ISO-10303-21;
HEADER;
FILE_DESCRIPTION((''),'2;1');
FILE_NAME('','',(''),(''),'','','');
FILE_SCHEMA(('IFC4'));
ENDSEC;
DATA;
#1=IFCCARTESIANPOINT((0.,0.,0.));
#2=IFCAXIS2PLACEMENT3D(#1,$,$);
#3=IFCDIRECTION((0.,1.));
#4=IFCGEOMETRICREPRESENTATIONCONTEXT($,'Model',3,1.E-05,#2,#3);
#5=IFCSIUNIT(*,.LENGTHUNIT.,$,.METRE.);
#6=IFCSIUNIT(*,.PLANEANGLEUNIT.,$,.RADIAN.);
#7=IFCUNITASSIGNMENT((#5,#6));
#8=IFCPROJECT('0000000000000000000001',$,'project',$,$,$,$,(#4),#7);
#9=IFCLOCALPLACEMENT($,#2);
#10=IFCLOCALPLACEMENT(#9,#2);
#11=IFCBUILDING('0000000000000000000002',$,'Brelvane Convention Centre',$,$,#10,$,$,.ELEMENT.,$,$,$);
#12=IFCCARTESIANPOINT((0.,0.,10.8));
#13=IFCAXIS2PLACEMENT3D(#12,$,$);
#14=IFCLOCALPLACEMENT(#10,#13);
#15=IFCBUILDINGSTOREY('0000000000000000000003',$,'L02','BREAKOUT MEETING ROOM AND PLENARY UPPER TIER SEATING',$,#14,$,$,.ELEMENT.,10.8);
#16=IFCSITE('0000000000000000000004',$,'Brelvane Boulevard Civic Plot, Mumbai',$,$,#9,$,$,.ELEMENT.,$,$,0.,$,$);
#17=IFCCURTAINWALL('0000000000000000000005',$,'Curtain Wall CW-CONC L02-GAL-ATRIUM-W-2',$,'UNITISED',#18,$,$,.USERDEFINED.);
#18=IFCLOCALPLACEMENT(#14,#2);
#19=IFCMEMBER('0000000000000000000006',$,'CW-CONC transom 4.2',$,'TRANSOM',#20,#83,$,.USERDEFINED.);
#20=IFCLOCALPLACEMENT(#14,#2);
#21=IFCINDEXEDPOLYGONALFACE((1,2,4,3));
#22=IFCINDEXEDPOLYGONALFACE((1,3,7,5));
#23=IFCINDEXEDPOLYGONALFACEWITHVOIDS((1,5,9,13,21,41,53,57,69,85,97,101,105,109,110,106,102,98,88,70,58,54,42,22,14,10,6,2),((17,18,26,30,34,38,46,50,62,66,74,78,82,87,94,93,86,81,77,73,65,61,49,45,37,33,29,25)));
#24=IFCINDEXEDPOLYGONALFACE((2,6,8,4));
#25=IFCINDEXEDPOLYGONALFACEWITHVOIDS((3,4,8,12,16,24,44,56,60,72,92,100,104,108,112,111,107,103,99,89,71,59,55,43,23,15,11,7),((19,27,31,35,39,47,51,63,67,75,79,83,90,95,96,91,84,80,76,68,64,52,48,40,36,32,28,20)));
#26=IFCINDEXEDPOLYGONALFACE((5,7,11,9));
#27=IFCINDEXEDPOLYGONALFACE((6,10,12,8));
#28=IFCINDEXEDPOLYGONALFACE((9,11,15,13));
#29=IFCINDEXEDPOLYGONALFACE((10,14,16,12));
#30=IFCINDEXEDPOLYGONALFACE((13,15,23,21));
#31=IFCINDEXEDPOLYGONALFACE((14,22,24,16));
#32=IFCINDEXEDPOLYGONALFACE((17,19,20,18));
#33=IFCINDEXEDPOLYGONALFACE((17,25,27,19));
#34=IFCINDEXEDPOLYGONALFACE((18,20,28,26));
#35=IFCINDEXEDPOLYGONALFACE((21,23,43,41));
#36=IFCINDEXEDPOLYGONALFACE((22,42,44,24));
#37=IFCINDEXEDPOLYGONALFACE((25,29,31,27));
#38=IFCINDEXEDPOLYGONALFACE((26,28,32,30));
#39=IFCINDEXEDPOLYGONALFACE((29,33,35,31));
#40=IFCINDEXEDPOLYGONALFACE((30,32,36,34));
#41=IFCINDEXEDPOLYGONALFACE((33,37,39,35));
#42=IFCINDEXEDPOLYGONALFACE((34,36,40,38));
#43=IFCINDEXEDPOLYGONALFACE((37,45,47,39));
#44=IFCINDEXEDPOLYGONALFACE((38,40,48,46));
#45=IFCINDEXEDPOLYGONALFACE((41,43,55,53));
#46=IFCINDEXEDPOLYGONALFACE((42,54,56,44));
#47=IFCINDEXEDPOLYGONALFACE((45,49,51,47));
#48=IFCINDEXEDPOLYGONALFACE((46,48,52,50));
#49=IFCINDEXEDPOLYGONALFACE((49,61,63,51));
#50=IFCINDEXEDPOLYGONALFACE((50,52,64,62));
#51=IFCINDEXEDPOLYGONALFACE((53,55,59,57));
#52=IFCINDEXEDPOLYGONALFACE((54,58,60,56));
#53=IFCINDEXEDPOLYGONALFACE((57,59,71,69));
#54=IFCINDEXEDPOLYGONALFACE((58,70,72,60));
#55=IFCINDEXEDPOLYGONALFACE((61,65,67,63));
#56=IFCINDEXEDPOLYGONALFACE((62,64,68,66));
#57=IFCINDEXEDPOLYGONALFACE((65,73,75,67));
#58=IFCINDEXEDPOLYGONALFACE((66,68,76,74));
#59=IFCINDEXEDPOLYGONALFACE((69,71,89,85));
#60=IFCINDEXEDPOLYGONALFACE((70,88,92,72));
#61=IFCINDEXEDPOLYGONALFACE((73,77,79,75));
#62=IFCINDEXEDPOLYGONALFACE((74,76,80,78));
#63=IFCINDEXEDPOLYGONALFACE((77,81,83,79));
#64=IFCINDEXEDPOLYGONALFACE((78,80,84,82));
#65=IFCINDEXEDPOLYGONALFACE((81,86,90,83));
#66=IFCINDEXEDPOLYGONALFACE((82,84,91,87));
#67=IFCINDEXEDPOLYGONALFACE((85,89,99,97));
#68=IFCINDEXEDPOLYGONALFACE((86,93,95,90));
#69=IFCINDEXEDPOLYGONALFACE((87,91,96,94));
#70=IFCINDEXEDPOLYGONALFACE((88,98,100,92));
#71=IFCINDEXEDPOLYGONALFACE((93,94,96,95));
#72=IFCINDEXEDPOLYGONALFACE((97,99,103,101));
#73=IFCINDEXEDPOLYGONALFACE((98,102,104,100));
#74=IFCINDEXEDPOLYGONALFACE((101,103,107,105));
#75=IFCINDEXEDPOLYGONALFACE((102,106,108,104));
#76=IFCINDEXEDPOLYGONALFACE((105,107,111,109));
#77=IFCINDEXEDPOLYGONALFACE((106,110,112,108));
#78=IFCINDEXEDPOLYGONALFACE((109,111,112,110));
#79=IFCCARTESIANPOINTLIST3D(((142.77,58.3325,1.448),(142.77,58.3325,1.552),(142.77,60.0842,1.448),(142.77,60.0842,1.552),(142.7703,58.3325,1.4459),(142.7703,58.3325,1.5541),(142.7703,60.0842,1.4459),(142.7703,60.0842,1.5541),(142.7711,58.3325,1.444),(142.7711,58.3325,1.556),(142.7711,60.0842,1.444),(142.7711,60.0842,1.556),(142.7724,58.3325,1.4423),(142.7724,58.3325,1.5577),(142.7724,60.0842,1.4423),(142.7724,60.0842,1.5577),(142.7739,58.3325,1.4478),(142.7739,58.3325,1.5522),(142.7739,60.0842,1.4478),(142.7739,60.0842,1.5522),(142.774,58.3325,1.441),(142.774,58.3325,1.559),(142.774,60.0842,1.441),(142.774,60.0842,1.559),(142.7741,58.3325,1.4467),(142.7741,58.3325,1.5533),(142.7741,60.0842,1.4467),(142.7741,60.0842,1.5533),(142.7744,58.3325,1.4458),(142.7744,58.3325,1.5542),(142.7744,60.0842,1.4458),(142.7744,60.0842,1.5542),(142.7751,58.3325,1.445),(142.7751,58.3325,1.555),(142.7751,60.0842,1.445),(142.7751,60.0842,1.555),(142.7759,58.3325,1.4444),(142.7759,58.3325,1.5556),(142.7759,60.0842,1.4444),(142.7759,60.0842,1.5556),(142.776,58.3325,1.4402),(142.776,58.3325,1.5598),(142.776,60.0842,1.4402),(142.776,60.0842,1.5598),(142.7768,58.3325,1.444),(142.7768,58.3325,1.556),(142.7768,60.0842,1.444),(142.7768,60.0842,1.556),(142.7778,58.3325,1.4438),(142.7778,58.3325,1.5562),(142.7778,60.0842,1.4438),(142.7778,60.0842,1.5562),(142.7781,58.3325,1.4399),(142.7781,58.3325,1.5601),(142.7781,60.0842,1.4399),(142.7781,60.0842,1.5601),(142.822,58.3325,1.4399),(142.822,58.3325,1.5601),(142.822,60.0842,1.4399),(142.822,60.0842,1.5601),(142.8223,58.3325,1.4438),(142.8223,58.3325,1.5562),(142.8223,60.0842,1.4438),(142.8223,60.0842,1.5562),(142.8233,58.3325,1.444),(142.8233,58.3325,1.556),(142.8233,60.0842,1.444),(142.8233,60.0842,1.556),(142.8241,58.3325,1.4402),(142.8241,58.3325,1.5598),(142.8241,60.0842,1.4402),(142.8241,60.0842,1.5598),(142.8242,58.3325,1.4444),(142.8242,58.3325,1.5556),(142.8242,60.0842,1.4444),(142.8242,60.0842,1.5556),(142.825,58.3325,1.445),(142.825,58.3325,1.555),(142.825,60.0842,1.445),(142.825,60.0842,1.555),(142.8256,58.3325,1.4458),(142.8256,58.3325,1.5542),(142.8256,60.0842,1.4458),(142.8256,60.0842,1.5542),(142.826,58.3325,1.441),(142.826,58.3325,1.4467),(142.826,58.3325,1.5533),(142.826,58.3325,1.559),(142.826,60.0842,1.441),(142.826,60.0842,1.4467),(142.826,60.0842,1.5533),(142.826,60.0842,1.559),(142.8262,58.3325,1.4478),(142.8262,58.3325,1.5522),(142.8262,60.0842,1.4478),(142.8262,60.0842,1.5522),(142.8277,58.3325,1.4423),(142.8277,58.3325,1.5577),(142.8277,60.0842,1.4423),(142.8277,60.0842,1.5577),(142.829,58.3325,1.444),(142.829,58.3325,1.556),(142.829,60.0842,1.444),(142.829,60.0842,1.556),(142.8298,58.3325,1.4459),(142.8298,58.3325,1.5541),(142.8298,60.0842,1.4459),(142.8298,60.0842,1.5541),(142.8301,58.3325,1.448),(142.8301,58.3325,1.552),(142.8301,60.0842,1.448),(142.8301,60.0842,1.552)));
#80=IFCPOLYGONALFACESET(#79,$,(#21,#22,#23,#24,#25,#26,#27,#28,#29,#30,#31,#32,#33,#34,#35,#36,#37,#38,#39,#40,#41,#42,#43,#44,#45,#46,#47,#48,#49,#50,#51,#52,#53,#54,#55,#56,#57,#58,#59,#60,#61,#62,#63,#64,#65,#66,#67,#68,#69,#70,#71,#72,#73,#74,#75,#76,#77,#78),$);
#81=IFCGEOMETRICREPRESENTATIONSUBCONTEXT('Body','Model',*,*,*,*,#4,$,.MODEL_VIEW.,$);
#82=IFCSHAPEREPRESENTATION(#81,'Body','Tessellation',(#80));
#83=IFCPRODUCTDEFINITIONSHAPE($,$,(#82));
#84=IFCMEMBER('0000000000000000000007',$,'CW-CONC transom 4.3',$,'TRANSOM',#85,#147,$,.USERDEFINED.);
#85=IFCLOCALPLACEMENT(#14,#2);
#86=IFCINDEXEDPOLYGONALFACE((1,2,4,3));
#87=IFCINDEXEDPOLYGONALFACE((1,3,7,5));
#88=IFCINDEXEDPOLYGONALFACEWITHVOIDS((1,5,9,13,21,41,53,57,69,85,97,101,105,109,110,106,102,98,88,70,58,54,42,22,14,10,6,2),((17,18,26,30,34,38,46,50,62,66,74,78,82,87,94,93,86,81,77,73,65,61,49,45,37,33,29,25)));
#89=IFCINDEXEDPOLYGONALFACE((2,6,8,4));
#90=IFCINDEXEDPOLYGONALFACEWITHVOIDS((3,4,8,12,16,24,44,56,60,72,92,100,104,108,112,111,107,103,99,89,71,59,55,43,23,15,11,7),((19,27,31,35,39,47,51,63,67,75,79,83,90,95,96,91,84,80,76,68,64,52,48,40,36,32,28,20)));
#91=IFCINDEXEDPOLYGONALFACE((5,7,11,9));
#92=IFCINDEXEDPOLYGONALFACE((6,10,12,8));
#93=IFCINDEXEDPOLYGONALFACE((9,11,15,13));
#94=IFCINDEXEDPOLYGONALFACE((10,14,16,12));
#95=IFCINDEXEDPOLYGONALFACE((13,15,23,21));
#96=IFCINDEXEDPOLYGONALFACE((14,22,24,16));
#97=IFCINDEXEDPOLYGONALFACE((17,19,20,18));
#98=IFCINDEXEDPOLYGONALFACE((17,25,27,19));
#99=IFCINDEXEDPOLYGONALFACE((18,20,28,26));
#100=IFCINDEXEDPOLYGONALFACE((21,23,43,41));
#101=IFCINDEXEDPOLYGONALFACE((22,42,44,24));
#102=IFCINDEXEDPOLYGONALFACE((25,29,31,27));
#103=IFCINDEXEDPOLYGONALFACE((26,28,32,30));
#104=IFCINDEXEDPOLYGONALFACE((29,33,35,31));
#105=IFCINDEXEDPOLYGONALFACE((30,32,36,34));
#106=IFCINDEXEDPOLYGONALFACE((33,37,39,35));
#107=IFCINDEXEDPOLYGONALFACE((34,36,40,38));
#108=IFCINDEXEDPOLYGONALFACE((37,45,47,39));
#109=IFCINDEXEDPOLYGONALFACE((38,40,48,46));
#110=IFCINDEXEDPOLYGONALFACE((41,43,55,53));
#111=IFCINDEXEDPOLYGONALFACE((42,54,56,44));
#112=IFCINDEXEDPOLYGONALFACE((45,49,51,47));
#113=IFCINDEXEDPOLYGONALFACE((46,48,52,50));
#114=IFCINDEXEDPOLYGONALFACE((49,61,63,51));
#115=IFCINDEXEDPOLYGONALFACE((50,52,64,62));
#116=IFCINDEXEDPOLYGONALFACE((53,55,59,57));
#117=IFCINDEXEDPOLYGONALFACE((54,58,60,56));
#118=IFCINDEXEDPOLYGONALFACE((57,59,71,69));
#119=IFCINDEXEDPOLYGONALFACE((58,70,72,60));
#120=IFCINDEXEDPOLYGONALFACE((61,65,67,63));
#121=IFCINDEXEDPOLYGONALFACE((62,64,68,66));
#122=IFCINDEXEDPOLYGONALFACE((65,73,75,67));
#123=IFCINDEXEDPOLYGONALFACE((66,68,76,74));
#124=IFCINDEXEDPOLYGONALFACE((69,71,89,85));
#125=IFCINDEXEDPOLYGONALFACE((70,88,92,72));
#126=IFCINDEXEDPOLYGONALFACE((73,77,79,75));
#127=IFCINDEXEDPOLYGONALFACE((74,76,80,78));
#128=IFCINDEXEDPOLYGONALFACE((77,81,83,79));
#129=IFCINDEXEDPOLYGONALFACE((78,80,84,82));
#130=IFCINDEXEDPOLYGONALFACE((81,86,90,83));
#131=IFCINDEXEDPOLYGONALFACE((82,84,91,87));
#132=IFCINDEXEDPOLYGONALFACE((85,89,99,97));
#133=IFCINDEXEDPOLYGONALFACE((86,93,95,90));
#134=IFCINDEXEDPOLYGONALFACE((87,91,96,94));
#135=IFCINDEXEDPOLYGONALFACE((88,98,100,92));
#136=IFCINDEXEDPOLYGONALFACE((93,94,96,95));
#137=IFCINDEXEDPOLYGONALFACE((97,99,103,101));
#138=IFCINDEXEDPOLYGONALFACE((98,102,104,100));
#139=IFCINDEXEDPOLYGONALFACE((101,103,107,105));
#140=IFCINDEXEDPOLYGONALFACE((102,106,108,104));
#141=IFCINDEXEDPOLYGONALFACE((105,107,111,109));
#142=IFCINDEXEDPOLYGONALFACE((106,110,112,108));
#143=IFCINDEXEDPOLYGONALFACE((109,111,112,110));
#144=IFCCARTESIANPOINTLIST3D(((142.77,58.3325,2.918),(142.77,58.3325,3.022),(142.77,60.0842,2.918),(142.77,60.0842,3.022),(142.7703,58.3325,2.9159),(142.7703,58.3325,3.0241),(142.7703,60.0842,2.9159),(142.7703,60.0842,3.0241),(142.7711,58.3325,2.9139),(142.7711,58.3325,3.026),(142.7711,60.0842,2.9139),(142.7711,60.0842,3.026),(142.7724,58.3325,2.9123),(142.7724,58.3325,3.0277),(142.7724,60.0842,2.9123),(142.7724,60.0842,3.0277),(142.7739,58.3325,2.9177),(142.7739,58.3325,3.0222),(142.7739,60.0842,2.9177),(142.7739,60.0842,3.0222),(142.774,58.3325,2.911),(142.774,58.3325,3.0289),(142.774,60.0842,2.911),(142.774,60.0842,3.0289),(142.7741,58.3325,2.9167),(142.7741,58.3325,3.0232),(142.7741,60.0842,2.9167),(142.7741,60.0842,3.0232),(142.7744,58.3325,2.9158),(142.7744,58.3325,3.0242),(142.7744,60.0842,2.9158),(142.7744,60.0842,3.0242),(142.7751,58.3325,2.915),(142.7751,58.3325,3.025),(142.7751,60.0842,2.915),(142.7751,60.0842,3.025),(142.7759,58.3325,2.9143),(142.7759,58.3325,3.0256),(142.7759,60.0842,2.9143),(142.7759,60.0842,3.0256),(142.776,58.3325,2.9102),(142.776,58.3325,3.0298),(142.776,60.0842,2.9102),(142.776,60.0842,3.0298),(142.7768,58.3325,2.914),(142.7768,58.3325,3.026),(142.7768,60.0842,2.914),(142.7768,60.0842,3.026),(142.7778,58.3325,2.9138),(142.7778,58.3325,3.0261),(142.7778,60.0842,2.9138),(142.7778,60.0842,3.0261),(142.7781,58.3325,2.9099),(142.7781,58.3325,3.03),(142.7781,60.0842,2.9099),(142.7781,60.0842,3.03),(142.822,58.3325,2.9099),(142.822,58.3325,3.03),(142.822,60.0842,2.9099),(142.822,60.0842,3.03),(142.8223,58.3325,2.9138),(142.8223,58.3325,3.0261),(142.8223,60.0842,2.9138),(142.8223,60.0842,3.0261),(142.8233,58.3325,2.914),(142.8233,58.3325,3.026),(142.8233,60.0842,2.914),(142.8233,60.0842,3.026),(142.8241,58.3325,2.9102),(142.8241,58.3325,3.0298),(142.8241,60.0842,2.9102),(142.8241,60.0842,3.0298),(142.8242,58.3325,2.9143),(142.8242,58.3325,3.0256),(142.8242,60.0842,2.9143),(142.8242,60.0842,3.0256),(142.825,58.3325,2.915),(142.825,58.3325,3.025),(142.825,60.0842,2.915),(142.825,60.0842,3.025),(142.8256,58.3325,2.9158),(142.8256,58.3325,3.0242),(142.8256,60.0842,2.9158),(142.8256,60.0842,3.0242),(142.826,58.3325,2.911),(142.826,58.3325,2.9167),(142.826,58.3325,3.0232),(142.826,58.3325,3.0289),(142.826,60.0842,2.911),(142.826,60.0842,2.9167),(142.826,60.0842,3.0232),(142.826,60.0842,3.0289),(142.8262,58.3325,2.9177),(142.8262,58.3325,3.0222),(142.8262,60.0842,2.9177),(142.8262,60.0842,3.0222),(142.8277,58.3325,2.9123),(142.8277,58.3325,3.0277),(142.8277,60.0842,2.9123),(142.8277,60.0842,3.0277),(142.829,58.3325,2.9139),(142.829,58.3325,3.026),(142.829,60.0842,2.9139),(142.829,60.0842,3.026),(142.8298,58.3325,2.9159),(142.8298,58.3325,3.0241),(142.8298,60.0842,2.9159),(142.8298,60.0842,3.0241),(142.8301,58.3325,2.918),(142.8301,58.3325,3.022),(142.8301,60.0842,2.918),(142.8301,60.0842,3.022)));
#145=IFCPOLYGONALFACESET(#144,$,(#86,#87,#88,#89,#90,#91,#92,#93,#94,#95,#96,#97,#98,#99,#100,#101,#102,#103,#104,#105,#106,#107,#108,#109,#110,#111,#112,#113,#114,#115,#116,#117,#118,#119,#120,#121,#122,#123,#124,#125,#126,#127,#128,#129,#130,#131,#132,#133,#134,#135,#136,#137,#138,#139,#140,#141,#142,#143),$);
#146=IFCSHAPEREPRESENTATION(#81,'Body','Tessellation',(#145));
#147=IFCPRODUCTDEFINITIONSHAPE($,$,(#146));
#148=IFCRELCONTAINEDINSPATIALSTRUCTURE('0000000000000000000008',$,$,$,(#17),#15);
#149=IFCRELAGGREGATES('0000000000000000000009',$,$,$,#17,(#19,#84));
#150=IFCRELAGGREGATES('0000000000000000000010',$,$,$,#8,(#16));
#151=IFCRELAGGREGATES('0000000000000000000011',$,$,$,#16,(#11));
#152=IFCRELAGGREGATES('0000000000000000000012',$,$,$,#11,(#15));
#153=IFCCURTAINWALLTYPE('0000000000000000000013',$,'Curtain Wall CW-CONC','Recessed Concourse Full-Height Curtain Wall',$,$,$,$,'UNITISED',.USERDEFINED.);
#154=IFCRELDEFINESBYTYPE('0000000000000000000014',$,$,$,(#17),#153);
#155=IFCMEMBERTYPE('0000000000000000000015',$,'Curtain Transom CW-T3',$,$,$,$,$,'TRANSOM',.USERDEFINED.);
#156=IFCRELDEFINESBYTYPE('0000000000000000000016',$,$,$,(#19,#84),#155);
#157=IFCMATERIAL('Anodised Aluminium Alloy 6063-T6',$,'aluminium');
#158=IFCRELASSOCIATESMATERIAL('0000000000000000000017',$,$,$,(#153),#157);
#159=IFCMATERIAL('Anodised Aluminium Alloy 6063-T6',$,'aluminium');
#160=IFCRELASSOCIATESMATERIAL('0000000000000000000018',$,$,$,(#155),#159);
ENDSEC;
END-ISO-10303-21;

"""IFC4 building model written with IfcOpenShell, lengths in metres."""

from ifc_helpers import new_model, si_unit, direction, frame, origin, origin_2d, place, context, subcontext, project, spatial, hollow_rectangle, extrude, material, material_profile, profile_set, type_object, element, aggregate, save


model = new_model("IFC4")

# Units and contexts
model_context = context("Model", 3, precision=1e-05, world=origin(), true_north=direction((0.0, 1.0)))
body_context = subcontext(model_context, "Body", "Model", "MODEL_VIEW")
ifc_project = project(units=[si_unit("LENGTHUNIT", "METRE"), si_unit("PLANEANGLEUNIT", "RADIAN")], contexts=[model_context])

# Site, building, storey
site_placement = place(None, origin())
site = spatial("IfcSite", under=ifc_project, at=site_placement, Name="Brelvane Boulevard Civic Plot, Mumbai", CompositionType="ELEMENT", RefElevation=0.0)
building_placement = place(site_placement, origin())
building = spatial("IfcBuilding", under=site, at=building_placement, Name="Brelvane Convention Centre", CompositionType="ELEMENT")
storey_placement = place(building_placement, frame((0.0, 0.0, 10.8)))
storey = spatial("IfcBuildingStorey", under=building, at=storey_placement, Name="L02", Description="BREAKOUT MEETING ROOM AND PLENARY UPPER TIER SEATING", CompositionType="ELEMENT", Elevation=10.8)

# Curtain wall, members
ifc_material_1 = material(Name="Anodised Aluminium Alloy 6063-T6", Category="aluminium")
curtain_wall_type = type_object("IfcCurtainWallType", Name="Curtain Wall CW-CONC", Description="Recessed Concourse Full-Height Curtain Wall", ElementType="UNITISED", PredefinedType="USERDEFINED", material=ifc_material_1)
curtain_wall_placement = place(storey_placement, origin())
curtain_wall = element("IfcCurtainWall", 1, at=curtain_wall_placement, inside=storey, type_object=curtain_wall_type, Name="Curtain Wall CW-CONC L02-GAL-ATRIUM-W-2", ObjectType="UNITISED", PredefinedType="USERDEFINED")
ifc_material_2 = material(Name="Anodised Aluminium Alloy 6063-T6", Category="aluminium")
ifc_material_profile_1 = material_profile(ifc_material_2, hollow_rectangle(XDim=0.0601, YDim=0.1201, WallThickness=0.0039, InnerFilletRadius=0.0039, OuterFilletRadius=0.0081, at=origin_2d()), Name="ALU-T 120x60x4.0")
ifc_profile_set_1 = profile_set([ifc_material_profile_1], Name="Anodised Aluminium Alloy 6063-T6")
member_type_1 = type_object("IfcMemberType", Name="Curtain Transom CW-T3", ElementType="TRANSOM", PredefinedType="USERDEFINED", material=ifc_profile_set_1)
member_1_placement = place(storey_placement, frame((142.8, 58.3325, 1.5), z_axis=(0.0, 1.0, 0.0), x_axis=(-1.0, 0.0, 0.0)))
member_1 = element("IfcMember", 2, at=member_1_placement, type_object=member_type_1, Name="CW-CONC transom 4.2", ObjectType="TRANSOM", PredefinedType="USERDEFINED", context=body_context, shape_type="SweptSolid", body=[
    extrude(hollow_rectangle(XDim=0.0601, YDim=0.1201, WallThickness=0.0039, InnerFilletRadius=0.0039, OuterFilletRadius=0.0081, at=origin_2d()), origin(), (0.0, 0.0, 1.0), 1.7517),
])
member_2_placement = place(storey_placement, frame((142.8, 58.3325, 2.97), z_axis=(0.0, 1.0, 0.0), x_axis=(-1.0, 0.0, 0.0)))
member_2 = element("IfcMember", 3, at=member_2_placement, type_object=member_type_1, Name="CW-CONC transom 4.3", ObjectType="TRANSOM", PredefinedType="USERDEFINED", context=body_context, shape_type="SweptSolid", body=[
    extrude(hollow_rectangle(XDim=0.0601, YDim=0.1201, WallThickness=0.0039, InnerFilletRadius=0.0039, OuterFilletRadius=0.0081, at=origin_2d()), origin(), (0.0, 0.0, 1.0), 1.7517),
])

aggregate(curtain_wall, [member_1, member_2])

save(model, "model.ifc")
